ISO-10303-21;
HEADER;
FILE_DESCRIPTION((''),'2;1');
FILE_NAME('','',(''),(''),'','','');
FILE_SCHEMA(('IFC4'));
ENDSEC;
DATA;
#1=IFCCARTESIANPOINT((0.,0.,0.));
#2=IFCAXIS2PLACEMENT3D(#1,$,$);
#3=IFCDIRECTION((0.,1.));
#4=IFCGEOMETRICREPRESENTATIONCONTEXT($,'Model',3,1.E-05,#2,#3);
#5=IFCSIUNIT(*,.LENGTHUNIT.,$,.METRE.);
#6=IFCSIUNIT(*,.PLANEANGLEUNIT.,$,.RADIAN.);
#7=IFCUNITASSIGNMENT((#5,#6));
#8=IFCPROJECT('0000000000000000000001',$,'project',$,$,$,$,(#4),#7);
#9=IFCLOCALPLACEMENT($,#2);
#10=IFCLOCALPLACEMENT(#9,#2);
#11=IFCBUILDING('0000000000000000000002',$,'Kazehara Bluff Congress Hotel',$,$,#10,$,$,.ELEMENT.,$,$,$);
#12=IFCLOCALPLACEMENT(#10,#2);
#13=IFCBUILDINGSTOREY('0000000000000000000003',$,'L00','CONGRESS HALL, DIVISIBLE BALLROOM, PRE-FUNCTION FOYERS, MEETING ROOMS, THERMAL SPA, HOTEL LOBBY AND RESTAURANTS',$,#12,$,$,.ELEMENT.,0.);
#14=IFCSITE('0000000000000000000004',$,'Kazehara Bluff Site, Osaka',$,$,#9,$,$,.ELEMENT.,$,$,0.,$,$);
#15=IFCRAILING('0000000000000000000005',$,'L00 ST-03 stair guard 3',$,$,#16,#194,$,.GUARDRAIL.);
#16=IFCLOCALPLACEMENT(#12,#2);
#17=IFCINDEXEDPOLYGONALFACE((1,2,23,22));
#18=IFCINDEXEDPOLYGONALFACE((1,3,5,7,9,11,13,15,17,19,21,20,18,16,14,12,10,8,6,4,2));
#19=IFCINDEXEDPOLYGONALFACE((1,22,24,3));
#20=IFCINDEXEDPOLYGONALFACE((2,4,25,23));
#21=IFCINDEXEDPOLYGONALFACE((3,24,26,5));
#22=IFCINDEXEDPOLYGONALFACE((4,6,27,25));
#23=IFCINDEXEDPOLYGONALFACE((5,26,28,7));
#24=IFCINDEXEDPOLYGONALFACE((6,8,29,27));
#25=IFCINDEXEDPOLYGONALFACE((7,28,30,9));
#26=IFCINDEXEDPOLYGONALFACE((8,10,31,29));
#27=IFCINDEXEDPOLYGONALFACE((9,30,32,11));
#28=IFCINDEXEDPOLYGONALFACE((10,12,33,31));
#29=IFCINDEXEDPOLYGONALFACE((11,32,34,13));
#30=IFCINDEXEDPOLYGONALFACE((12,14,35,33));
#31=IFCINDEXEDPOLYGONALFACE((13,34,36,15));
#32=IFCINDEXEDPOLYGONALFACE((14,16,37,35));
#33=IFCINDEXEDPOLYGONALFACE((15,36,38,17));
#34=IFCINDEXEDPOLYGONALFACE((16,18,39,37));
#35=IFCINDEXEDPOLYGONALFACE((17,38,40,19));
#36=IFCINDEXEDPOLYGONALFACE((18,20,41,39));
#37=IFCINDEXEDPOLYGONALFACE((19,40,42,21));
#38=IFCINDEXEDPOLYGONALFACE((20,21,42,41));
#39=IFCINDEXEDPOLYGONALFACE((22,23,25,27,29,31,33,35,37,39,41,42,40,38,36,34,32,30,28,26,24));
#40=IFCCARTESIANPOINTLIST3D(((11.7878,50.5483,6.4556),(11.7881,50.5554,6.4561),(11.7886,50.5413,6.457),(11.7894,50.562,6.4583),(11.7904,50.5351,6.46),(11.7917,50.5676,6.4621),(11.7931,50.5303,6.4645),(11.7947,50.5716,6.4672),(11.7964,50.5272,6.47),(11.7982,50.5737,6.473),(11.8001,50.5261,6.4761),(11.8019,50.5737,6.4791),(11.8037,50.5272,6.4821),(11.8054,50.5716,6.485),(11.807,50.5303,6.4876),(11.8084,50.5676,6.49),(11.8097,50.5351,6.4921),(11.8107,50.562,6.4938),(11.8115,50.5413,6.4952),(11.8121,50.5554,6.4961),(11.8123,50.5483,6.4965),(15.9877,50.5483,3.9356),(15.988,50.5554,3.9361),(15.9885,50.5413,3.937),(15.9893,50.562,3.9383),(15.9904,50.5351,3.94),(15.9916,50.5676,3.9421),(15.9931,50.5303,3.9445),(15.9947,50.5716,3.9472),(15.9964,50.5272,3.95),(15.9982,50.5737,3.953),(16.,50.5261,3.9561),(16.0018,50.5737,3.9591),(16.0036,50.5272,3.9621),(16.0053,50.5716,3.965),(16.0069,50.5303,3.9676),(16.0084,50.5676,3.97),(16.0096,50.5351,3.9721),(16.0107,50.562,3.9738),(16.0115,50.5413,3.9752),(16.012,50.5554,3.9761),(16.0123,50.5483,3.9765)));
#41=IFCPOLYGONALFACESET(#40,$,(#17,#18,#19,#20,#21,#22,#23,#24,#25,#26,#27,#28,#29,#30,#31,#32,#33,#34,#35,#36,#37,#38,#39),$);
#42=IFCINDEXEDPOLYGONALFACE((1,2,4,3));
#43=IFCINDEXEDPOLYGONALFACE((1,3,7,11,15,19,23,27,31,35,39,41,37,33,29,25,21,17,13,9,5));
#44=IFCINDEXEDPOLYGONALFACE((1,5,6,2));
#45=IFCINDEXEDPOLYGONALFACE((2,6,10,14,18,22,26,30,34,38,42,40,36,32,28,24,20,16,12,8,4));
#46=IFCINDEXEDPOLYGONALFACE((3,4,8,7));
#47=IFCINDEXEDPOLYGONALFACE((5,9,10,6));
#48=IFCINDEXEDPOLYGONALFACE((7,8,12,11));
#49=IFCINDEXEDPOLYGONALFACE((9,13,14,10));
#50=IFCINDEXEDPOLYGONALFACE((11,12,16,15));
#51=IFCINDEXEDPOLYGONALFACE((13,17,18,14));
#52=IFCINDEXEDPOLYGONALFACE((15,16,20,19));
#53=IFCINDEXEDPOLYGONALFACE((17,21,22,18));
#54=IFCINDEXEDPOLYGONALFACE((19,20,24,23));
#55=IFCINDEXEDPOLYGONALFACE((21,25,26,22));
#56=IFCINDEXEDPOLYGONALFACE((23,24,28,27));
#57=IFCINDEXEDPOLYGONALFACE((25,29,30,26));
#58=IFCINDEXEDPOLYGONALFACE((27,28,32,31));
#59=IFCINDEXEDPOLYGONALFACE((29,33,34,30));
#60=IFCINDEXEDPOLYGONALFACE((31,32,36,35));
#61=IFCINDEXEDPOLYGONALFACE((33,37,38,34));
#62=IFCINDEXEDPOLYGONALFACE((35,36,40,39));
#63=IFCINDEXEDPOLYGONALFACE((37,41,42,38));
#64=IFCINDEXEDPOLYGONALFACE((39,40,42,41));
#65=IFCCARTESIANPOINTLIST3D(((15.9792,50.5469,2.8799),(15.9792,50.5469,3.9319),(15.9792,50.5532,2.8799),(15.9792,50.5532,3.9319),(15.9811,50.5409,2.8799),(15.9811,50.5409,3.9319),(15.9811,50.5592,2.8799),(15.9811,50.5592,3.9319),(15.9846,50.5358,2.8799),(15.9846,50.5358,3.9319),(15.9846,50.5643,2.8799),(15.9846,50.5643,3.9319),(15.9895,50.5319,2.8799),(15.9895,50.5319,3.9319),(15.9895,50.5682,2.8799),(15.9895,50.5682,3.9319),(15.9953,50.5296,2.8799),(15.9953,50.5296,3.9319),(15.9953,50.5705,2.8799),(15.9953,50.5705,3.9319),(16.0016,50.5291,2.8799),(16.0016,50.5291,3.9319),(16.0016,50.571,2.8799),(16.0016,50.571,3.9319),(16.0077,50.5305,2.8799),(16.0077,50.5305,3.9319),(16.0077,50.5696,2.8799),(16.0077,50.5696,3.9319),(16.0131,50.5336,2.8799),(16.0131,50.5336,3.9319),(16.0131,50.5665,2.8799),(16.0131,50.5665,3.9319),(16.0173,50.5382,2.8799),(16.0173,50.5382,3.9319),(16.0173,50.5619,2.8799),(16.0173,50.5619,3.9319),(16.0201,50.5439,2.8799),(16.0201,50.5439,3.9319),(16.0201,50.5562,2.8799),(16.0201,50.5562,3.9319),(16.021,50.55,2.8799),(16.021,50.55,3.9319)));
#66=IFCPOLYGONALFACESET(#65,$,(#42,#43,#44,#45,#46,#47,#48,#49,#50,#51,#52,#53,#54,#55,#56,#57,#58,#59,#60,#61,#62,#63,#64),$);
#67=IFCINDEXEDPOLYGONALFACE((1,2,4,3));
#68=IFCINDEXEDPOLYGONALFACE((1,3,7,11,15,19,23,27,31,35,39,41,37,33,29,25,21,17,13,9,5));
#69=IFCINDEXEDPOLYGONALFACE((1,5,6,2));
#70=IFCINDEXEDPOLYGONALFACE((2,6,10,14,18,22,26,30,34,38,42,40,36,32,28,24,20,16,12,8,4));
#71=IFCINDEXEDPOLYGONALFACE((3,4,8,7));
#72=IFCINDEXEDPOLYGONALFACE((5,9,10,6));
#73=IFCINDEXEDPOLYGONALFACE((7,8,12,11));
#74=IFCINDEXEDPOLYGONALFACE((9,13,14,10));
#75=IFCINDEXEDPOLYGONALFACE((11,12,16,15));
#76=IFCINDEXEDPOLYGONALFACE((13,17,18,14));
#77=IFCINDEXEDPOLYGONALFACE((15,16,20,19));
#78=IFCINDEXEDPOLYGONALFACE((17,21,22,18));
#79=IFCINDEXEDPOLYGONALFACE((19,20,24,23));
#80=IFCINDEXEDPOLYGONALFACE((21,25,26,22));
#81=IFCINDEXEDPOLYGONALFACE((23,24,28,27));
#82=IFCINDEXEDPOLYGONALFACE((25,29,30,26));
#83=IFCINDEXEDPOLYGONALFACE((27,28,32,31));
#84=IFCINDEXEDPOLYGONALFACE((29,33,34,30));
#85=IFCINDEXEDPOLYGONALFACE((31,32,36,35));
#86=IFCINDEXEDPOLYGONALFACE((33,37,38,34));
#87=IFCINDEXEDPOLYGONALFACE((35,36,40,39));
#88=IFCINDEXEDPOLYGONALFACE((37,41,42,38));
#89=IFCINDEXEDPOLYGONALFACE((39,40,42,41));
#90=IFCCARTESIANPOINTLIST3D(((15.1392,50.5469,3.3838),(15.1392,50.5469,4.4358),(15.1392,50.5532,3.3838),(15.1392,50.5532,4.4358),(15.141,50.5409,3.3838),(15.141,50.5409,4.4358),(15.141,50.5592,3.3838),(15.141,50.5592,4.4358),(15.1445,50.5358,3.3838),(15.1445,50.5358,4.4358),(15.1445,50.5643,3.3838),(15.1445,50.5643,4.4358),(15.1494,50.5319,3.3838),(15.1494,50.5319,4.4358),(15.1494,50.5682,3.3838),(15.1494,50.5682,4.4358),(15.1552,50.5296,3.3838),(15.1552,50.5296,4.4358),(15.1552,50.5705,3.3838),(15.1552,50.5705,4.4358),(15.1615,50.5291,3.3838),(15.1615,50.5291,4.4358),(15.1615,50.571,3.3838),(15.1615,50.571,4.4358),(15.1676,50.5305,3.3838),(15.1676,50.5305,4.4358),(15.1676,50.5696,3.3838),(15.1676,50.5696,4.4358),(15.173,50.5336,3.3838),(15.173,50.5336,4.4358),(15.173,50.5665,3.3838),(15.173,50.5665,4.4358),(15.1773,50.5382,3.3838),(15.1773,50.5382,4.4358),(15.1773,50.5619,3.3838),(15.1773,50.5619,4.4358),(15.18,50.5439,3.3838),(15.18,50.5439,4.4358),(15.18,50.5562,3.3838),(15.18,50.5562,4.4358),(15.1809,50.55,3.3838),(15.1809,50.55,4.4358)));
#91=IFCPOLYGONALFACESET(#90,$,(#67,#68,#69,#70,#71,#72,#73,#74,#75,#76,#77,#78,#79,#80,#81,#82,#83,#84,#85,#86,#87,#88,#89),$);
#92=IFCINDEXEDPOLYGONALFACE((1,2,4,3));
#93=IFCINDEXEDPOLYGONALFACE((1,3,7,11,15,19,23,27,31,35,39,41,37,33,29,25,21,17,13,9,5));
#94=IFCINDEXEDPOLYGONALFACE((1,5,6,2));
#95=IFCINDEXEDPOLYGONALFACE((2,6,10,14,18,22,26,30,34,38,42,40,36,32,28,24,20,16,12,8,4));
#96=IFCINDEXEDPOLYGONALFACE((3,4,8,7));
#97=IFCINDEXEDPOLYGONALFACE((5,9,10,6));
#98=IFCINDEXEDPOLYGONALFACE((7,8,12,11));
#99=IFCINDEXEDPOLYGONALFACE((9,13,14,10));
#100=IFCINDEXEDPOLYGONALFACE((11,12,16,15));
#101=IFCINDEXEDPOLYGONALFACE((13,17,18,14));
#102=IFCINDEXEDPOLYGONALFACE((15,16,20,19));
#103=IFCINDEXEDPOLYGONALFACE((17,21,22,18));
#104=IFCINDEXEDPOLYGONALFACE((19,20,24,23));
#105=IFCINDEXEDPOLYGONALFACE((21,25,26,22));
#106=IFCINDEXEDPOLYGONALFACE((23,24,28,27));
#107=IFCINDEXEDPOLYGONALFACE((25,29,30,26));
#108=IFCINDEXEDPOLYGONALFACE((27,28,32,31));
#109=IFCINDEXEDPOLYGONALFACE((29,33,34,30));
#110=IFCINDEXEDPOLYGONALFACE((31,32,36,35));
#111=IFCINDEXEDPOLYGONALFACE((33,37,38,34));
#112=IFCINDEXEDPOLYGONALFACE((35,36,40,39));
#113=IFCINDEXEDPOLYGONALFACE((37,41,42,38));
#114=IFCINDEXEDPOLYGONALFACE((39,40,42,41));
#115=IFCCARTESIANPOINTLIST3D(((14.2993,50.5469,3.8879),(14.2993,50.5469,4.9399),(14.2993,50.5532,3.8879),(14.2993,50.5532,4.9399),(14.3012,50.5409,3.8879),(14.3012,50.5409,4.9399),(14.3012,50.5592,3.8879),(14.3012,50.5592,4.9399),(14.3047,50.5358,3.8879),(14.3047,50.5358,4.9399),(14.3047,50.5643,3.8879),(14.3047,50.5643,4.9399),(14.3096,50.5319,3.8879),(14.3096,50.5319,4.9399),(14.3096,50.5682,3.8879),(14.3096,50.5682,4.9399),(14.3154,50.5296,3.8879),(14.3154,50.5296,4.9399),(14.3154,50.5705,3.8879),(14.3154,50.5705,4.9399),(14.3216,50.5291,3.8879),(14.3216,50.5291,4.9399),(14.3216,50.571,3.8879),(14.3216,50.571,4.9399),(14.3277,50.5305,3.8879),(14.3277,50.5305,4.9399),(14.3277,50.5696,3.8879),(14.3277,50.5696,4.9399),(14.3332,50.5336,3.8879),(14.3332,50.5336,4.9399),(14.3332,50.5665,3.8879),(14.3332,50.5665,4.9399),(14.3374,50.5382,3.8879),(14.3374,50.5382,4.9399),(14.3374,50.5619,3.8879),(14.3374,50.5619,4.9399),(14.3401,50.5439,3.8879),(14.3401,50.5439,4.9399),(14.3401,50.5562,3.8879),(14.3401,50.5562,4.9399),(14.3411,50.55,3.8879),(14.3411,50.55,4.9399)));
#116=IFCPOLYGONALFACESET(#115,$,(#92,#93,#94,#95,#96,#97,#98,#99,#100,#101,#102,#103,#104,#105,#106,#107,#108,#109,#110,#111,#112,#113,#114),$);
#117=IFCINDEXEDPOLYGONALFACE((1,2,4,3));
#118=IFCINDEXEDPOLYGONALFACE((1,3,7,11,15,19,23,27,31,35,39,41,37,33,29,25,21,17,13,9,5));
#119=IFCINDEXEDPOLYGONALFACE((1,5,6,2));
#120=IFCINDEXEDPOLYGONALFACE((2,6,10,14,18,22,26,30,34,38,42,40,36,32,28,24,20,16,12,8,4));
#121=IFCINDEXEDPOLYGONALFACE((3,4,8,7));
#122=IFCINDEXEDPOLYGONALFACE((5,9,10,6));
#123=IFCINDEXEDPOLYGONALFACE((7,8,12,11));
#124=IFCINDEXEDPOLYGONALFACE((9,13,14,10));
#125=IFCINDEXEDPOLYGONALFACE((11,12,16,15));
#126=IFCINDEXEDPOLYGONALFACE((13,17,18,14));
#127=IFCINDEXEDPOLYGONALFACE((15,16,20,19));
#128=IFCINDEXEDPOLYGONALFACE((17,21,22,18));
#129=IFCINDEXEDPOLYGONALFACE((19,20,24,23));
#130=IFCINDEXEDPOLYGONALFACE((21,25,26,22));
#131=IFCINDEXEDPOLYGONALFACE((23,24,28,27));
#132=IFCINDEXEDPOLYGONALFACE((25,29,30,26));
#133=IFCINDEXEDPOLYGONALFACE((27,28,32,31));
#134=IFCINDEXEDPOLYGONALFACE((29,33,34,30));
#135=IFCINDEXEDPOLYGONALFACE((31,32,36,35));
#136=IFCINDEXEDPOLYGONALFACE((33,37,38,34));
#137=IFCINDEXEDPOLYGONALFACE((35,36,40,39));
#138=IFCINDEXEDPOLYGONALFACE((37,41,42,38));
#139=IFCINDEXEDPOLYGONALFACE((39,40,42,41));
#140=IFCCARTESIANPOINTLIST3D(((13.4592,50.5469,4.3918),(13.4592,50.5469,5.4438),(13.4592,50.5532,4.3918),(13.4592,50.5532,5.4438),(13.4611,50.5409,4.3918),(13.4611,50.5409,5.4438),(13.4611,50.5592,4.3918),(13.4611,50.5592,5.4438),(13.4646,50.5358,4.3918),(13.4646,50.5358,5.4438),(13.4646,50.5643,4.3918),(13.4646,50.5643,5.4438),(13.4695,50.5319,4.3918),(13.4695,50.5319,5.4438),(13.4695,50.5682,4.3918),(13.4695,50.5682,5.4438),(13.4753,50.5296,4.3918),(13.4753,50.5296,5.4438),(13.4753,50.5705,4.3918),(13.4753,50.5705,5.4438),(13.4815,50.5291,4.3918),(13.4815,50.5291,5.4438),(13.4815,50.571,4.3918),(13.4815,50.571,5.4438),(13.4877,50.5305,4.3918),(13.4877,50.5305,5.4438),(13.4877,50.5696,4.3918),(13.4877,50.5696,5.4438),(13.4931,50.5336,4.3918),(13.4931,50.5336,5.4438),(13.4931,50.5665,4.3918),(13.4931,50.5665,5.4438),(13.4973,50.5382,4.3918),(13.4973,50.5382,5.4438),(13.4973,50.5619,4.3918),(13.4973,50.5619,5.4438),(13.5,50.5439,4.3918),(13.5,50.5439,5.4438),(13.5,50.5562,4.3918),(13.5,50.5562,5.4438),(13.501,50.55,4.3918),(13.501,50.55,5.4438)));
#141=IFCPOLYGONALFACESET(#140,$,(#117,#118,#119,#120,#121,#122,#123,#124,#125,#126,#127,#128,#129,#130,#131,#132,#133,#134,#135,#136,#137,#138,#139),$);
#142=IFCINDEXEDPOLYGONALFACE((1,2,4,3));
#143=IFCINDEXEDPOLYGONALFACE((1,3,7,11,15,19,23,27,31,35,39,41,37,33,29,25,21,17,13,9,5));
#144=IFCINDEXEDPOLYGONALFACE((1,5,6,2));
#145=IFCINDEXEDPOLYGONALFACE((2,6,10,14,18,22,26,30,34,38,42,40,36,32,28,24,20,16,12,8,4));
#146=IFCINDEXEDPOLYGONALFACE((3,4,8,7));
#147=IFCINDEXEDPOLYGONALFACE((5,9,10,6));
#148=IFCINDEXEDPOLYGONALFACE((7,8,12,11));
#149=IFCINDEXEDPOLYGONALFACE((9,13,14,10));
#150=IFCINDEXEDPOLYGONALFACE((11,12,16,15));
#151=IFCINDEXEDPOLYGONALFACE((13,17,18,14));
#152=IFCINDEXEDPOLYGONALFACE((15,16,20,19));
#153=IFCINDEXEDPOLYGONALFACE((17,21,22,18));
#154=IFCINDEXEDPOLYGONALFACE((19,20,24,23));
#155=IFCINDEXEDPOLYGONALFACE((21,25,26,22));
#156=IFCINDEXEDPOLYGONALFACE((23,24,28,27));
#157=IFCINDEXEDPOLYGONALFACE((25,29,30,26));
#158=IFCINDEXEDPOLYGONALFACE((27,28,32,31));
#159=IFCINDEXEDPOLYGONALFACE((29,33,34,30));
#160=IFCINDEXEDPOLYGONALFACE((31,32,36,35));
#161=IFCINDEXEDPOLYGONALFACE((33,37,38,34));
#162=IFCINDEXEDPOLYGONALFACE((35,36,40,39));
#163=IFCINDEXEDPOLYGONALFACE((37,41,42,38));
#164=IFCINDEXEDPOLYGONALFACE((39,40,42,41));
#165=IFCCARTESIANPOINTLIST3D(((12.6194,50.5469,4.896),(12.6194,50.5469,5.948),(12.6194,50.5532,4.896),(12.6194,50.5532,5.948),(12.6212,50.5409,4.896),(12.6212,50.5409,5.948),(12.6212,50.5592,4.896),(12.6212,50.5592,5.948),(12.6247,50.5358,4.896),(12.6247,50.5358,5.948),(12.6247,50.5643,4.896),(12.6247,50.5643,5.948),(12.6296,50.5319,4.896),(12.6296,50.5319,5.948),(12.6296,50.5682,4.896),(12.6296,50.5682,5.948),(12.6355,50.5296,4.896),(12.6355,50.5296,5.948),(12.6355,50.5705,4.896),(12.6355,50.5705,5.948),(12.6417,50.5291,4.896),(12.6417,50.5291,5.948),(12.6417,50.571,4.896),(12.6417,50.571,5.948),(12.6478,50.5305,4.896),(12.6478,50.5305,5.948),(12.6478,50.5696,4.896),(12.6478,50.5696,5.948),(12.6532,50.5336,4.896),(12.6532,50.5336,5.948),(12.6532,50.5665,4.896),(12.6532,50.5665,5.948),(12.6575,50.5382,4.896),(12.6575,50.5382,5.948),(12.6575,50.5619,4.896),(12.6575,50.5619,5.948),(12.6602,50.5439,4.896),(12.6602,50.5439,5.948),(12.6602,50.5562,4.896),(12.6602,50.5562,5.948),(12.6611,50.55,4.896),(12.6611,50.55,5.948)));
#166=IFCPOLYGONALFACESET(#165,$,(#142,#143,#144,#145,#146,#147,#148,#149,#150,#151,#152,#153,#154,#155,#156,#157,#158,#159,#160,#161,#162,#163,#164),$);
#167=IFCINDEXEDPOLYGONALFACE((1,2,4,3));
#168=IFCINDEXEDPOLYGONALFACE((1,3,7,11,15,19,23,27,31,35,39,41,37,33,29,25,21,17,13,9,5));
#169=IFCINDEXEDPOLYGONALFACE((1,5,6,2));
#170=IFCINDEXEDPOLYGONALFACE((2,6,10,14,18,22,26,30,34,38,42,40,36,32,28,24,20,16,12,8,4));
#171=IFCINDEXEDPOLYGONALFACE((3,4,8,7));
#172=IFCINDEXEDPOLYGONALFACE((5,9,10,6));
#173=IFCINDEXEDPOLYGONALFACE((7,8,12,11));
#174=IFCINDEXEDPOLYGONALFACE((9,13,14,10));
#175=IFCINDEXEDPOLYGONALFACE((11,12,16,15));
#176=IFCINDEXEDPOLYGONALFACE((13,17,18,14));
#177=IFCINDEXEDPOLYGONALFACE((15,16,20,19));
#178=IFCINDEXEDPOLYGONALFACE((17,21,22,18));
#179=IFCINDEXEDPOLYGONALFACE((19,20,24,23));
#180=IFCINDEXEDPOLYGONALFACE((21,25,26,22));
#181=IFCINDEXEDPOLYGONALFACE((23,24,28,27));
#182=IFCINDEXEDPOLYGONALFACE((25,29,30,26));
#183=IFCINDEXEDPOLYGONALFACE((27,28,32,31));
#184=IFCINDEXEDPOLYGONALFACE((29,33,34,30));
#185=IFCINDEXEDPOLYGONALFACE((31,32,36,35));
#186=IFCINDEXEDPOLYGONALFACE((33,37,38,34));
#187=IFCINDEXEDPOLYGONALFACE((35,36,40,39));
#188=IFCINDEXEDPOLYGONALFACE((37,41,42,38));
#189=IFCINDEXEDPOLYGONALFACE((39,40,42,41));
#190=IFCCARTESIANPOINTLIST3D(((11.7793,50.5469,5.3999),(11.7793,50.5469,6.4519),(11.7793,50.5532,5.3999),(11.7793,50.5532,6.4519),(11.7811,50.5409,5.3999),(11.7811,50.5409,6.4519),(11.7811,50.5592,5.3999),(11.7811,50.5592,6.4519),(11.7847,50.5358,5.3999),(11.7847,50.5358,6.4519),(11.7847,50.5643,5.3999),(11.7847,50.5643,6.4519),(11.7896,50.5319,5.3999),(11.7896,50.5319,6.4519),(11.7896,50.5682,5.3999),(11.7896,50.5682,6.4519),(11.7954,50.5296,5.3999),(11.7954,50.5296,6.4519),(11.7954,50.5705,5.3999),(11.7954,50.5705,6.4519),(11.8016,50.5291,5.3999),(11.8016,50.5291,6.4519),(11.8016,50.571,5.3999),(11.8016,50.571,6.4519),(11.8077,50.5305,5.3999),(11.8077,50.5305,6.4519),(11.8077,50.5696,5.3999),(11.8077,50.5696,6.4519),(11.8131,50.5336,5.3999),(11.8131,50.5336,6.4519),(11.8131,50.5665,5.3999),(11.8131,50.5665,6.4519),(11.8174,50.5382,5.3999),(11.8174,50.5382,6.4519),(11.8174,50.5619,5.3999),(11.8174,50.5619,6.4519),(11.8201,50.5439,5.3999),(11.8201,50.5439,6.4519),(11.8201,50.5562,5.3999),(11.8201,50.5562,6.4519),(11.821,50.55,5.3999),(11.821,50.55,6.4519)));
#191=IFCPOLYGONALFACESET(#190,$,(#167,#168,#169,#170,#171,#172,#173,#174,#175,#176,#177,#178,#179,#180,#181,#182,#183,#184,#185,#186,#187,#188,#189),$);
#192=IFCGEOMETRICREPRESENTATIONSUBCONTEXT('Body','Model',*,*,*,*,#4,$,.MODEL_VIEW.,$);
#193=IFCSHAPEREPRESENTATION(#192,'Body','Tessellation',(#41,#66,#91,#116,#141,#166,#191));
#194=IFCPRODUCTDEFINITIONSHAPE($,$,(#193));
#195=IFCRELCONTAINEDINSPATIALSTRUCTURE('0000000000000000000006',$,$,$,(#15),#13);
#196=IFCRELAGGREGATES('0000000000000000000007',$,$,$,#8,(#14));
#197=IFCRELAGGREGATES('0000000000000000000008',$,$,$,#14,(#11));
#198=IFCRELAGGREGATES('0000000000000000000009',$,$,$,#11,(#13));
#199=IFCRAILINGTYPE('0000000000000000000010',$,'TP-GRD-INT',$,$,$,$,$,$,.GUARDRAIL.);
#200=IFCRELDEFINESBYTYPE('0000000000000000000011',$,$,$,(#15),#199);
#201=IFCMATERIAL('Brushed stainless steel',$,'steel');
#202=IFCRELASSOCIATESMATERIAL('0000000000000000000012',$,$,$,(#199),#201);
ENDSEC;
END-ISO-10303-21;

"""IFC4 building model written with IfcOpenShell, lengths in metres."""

from ifc_helpers import new_model, si_unit, direction, frame, origin, origin_2d, place, context, subcontext, project, spatial, circle, extrude, material, type_object, element, save


model = new_model("IFC4")

# Units and contexts
model_context = context("Model", 3, precision=1e-05, world=origin(), true_north=direction((0.0, 1.0)))
body_context = subcontext(model_context, "Body", "Model", "MODEL_VIEW")
ifc_project = project(units=[si_unit("LENGTHUNIT", "METRE"), si_unit("PLANEANGLEUNIT", "RADIAN")], contexts=[model_context])

# Site, building, storey
site_placement = place(None, origin())
site = spatial("IfcSite", under=ifc_project, at=site_placement, Name="Kazehara Bluff Site, Osaka", CompositionType="ELEMENT", RefElevation=0.0)
building_placement = place(site_placement, origin())
building = spatial("IfcBuilding", under=site, at=building_placement, Name="Kazehara Bluff Congress Hotel", CompositionType="ELEMENT")
storey_placement = place(building_placement, origin())
storey = spatial("IfcBuildingStorey", under=building, at=storey_placement, Name="L00", Description="CONGRESS HALL, DIVISIBLE BALLROOM, PRE-FUNCTION FOYERS, MEETING ROOMS, THERMAL SPA, HOTEL LOBBY AND RESTAURANTS", CompositionType="ELEMENT", Elevation=0.0)

# Railing
ifc_material_1 = material(Name="Brushed stainless steel", Category="steel")
railing_type_1 = type_object("IfcRailingType", Name="TP-GRD-INT", PredefinedType="GUARDRAIL", material=ifc_material_1)
railing_1_placement = place(storey_placement, frame((16.0, 50.55, 2.8799)))
element("IfcRailing", 1, at=railing_1_placement, inside=storey, type_object=railing_type_1, Name="L00 ST-03 stair guard 3", PredefinedType="GUARDRAIL", context=body_context, shape_type="SweptSolid", body=[
    extrude(circle(Radius=0.0239, at=origin_2d()), frame((0.0, 0.0, 1.0762), z_axis=(-0.857489, 0.0, 0.514503), x_axis=(0.0, -1.0, 0.0)), (0.0, 0.0, 1.0), 4.8979),
    extrude(circle(Radius=0.021, at=origin_2d()), origin(), (0.0, 0.0, 1.0), 1.052),
    extrude(circle(Radius=0.021, at=origin_2d()), frame((-0.8401, 0.0, 0.5039)), (0.0, 0.0, 1.0), 1.052),
    extrude(circle(Radius=0.021, at=origin_2d()), frame((-1.6799, 0.0, 1.0081)), (0.0, 0.0, 1.0), 1.052),
    extrude(circle(Radius=0.021, at=origin_2d()), frame((-2.52, 0.0, 1.512)), (0.0, 0.0, 1.0), 1.052),
    extrude(circle(Radius=0.021, at=origin_2d()), frame((-3.3599, 0.0, 2.0161)), (0.0, 0.0, 1.0), 1.052),
    extrude(circle(Radius=0.021, at=origin_2d()), frame((-4.2, 0.0, 2.52)), (0.0, 0.0, 1.0), 1.052),
])

save(model, "model.ifc")
